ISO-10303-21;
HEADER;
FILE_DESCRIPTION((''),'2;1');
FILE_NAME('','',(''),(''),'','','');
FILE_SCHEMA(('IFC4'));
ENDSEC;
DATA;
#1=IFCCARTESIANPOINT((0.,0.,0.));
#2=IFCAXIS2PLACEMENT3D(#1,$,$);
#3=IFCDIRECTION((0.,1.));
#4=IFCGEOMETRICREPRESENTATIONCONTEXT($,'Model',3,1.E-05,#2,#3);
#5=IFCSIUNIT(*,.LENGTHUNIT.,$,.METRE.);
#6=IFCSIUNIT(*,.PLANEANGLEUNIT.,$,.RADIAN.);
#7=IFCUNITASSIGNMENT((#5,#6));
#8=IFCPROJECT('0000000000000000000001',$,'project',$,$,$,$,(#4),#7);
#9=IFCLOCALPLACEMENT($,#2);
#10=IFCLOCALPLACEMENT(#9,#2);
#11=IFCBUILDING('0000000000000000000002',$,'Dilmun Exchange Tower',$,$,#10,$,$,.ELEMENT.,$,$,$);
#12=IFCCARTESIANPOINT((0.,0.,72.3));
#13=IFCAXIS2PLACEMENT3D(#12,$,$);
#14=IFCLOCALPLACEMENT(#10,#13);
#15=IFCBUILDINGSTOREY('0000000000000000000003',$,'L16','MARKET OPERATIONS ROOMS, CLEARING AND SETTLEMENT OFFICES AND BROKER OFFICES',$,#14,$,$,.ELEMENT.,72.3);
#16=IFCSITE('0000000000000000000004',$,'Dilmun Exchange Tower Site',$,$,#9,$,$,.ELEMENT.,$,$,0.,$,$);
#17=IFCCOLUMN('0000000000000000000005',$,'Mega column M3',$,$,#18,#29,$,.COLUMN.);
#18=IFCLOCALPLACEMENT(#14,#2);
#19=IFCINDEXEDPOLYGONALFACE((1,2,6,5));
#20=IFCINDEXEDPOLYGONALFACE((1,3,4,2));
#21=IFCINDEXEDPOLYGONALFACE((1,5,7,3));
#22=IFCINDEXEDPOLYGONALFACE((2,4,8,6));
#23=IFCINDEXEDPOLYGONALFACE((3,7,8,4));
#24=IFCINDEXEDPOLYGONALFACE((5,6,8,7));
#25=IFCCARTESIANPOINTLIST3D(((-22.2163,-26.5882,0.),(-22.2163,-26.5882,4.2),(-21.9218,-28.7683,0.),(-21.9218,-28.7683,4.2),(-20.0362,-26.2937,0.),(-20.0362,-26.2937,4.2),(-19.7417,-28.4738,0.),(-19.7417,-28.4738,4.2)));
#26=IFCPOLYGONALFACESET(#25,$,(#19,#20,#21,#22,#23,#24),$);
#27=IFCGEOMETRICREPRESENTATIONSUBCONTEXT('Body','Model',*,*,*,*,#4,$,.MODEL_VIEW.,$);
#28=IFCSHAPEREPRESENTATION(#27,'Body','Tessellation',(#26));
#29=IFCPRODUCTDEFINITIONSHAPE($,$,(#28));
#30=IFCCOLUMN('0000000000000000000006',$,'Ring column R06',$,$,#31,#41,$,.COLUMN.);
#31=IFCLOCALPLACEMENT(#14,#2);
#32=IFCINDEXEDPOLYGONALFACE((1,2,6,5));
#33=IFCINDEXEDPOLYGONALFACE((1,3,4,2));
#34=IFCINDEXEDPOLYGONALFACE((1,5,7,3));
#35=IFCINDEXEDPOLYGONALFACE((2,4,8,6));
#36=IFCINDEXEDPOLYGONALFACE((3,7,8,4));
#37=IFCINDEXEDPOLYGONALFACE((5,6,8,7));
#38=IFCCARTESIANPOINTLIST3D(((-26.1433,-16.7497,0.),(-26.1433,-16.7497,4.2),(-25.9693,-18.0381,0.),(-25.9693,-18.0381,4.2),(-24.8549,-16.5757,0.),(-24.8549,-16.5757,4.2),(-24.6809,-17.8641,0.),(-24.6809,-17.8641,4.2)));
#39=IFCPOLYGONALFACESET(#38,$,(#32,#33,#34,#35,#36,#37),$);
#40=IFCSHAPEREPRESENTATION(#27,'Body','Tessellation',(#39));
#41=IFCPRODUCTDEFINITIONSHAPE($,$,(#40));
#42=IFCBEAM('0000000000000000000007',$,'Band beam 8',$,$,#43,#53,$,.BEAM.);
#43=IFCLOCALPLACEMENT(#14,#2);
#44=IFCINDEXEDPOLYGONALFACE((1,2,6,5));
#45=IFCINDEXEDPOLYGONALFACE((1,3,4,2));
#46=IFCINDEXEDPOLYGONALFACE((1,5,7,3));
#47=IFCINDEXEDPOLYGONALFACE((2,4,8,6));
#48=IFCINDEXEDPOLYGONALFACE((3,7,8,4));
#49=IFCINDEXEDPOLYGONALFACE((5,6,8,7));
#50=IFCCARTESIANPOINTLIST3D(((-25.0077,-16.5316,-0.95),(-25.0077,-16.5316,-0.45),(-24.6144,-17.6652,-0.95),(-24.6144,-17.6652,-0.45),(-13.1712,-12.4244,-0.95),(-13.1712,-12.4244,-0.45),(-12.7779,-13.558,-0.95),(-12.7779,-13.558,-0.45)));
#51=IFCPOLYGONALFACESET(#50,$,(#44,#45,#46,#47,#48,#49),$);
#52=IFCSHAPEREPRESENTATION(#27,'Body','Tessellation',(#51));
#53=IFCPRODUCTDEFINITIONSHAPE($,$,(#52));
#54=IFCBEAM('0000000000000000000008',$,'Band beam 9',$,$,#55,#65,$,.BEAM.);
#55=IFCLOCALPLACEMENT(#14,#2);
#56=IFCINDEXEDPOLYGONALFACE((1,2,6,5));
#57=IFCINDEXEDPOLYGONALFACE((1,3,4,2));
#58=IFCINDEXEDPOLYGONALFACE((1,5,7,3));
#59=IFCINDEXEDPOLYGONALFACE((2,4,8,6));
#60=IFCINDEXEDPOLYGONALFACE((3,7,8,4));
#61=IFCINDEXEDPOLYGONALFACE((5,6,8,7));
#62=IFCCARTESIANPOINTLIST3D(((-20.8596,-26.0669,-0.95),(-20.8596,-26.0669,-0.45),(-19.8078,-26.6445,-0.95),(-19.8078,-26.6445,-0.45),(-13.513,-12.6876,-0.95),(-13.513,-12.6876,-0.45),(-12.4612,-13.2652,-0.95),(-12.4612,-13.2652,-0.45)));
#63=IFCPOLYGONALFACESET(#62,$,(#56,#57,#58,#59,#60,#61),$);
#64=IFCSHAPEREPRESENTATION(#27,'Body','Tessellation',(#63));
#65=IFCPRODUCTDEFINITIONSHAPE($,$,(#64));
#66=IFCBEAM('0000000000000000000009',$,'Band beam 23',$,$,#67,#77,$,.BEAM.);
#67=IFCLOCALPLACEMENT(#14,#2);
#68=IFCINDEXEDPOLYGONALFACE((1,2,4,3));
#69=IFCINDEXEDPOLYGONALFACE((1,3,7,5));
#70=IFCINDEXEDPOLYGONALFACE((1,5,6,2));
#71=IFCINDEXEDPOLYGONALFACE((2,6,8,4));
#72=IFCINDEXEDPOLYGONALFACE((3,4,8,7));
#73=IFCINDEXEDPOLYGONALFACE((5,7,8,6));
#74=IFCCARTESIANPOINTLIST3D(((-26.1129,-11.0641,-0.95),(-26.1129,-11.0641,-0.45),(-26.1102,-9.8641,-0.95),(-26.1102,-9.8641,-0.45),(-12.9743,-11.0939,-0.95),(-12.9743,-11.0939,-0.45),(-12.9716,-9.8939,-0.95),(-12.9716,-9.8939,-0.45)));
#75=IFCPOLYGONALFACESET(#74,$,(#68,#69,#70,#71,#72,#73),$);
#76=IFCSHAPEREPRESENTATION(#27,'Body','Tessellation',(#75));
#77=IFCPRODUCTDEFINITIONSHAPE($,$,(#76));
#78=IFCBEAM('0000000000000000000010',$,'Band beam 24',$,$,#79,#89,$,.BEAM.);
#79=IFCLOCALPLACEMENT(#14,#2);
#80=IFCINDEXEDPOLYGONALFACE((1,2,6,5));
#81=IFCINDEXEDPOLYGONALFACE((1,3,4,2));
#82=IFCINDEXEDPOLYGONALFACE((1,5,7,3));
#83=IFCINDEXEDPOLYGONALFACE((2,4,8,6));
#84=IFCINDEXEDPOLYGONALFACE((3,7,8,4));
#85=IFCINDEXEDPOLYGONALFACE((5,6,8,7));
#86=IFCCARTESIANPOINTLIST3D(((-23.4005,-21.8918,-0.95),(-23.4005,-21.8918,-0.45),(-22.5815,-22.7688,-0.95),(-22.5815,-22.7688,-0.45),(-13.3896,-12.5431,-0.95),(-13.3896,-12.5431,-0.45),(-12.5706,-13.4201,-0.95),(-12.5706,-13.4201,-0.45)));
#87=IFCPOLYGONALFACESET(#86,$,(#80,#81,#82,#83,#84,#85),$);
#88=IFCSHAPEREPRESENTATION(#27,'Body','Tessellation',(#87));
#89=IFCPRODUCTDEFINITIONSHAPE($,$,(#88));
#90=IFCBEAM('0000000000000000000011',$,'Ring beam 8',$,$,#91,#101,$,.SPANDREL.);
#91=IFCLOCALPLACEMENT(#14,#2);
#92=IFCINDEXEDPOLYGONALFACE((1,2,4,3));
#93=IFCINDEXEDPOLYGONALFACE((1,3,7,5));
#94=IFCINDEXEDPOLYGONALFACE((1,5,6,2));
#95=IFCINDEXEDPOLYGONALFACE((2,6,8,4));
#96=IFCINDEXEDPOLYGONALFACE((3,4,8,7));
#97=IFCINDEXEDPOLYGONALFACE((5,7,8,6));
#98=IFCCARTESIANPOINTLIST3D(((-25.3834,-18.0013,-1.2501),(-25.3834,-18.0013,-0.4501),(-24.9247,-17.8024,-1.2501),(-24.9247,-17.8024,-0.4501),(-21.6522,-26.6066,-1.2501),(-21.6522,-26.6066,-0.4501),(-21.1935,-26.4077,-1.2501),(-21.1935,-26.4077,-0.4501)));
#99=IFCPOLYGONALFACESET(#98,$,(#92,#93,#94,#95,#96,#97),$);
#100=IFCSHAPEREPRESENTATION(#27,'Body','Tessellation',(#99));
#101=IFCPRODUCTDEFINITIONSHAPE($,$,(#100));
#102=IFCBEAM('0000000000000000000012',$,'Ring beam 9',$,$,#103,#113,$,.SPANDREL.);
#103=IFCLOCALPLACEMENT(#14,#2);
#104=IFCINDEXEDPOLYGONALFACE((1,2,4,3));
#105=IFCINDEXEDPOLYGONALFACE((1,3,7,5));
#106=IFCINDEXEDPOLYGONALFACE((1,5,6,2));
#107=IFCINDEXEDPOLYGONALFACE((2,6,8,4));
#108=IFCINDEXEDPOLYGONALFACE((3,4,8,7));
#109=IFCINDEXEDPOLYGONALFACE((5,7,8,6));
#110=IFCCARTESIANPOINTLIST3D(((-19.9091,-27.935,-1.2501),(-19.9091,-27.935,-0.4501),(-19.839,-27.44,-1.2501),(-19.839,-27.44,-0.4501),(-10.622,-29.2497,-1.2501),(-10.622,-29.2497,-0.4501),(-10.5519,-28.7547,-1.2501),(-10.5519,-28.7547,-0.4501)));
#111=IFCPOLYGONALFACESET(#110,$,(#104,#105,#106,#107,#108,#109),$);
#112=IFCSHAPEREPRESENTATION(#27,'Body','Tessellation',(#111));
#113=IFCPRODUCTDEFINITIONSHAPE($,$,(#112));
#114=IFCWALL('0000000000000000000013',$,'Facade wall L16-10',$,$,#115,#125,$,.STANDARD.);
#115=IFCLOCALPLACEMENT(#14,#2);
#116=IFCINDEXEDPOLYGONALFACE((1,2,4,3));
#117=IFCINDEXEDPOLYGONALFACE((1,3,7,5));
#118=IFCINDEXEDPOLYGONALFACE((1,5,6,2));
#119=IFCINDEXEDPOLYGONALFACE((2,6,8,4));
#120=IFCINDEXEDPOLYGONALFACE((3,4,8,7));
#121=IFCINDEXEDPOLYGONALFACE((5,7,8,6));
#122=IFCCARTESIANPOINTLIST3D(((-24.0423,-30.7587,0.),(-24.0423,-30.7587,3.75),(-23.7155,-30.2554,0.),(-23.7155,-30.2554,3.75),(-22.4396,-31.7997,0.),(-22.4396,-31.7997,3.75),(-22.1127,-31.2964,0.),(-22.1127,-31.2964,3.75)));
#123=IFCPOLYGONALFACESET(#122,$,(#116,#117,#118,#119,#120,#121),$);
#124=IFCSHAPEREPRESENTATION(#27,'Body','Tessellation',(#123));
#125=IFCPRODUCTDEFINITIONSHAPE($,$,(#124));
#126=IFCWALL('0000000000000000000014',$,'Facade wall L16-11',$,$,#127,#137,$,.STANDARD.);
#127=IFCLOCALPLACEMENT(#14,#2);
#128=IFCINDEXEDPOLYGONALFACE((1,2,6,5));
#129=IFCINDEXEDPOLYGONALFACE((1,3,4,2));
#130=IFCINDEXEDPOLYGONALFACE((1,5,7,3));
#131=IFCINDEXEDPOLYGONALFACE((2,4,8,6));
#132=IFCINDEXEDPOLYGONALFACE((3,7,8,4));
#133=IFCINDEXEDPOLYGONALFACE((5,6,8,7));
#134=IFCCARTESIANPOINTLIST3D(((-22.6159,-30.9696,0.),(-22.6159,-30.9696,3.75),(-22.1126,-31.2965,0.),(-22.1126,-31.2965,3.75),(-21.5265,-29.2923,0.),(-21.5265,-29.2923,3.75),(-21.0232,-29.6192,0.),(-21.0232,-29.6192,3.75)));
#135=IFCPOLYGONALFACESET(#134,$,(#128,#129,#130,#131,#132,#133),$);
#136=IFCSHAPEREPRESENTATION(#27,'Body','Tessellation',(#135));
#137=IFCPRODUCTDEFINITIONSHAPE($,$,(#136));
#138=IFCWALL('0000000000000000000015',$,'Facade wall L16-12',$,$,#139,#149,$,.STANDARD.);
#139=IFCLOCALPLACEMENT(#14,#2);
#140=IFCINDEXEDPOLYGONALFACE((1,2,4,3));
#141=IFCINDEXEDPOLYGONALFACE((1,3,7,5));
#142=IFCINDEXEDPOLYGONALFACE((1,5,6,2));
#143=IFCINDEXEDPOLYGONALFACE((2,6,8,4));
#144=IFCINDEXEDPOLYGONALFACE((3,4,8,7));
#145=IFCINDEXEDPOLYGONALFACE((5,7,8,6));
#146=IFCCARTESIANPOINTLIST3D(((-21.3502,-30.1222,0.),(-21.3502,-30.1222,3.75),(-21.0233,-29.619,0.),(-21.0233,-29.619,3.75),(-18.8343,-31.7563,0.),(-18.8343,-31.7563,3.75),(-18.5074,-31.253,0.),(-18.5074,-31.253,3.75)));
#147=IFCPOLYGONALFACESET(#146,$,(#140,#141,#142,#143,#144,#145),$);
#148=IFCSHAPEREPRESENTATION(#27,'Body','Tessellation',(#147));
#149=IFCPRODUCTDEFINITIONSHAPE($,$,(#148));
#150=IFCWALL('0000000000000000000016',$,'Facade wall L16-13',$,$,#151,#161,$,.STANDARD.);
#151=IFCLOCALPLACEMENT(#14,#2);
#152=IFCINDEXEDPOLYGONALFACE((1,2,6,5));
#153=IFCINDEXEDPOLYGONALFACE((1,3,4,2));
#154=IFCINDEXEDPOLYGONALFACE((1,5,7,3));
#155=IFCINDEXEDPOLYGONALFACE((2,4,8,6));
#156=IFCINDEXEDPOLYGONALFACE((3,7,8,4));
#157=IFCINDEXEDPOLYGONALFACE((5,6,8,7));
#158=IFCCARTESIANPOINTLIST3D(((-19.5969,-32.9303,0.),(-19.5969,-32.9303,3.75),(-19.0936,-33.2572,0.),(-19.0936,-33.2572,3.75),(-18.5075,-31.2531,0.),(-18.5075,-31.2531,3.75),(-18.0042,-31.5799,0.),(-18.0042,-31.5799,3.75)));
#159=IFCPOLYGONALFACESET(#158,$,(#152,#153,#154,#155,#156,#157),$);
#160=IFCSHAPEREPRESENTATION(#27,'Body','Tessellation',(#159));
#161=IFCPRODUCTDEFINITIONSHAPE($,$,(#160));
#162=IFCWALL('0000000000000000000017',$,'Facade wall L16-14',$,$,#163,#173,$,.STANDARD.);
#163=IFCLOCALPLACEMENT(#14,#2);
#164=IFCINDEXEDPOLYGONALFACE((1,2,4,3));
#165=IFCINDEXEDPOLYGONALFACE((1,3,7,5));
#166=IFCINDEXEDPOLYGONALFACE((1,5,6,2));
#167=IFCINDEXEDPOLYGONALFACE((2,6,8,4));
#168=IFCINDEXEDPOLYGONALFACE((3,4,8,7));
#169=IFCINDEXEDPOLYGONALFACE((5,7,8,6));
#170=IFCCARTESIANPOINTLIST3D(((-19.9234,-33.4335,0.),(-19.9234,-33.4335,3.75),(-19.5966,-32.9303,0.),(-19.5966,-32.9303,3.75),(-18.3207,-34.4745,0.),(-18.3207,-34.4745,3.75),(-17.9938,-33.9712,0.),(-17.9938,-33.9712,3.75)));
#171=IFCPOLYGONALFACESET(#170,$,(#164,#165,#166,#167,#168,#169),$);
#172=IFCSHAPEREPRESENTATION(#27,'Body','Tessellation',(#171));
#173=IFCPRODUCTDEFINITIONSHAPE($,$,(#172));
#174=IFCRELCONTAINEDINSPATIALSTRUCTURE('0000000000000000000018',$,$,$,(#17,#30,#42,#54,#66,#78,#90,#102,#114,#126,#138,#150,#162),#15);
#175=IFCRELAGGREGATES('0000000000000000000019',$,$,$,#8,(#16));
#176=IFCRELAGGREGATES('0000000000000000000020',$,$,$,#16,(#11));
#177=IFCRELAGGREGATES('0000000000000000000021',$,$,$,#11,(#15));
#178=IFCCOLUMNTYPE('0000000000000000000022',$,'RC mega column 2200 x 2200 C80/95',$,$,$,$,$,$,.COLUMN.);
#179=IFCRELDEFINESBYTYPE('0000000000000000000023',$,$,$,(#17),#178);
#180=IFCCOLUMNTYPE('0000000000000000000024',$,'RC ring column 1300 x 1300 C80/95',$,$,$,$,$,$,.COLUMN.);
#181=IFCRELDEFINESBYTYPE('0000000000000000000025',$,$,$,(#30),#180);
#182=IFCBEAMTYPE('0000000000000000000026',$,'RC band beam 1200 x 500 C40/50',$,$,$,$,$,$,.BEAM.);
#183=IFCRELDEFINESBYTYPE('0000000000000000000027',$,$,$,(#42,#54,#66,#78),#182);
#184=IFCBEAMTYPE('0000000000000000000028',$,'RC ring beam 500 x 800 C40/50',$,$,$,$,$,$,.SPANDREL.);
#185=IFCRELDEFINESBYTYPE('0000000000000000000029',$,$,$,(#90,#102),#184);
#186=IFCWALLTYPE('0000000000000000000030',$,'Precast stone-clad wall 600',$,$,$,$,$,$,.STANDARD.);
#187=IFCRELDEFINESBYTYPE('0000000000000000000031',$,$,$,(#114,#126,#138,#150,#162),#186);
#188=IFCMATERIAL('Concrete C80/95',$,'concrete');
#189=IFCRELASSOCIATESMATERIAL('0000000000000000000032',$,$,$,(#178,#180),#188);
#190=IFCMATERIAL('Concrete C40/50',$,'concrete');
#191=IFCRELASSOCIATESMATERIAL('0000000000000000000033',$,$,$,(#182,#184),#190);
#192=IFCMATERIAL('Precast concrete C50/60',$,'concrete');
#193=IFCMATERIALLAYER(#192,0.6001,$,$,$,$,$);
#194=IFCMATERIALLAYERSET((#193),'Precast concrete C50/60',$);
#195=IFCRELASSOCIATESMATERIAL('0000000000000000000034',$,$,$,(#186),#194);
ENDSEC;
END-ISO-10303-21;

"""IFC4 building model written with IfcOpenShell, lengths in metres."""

from ifc_helpers import new_model, si_unit, direction, frame, frame_2d, origin, origin_2d, place, context, subcontext, project, spatial, rectangle, extrude, material, layer, layer_set, material_profile, profile_set, type_object, element, save


model = new_model("IFC4")

# Units and contexts
model_context = context("Model", 3, precision=1e-05, world=origin(), true_north=direction((0.0, 1.0)))
body_context = subcontext(model_context, "Body", "Model", "MODEL_VIEW")
ifc_project = project(units=[si_unit("LENGTHUNIT", "METRE"), si_unit("PLANEANGLEUNIT", "RADIAN")], contexts=[model_context])

# Site, building, storey
site_placement = place(None, origin())
site = spatial("IfcSite", under=ifc_project, at=site_placement, Name="Dilmun Exchange Tower Site", CompositionType="ELEMENT", RefElevation=0.0)
building_placement = place(site_placement, origin())
building = spatial("IfcBuilding", under=site, at=building_placement, Name="Dilmun Exchange Tower", CompositionType="ELEMENT")
storey_placement = place(building_placement, frame((0.0, 0.0, 72.3)))
storey = spatial("IfcBuildingStorey", under=building, at=storey_placement, Name="L16", Description="MARKET OPERATIONS ROOMS, CLEARING AND SETTLEMENT OFFICES AND BROKER OFFICES", CompositionType="ELEMENT", Elevation=72.3)

# Columns
ifc_material_1 = material(Name="Concrete C80/95", Category="concrete")
ifc_material_profile_1 = material_profile(ifc_material_1, rectangle(XDim=2.2, YDim=2.2, at=origin_2d()), Name="2200 x 2200")
ifc_profile_set_1 = profile_set([ifc_material_profile_1], Name="Concrete C80/95")
column_type_1 = type_object("IfcColumnType", Name="RC mega column 2200 x 2200 C80/95", PredefinedType="COLUMN", material=ifc_profile_set_1)
column_1_placement = place(storey_placement, frame((-20.979, -27.531, 0.0), z_axis=(0.0, 0.0, 1.0), x_axis=(0.991001, 0.133853, 0.0)))
element("IfcColumn", 1, at=column_1_placement, inside=storey, type_object=column_type_1, Name="Mega column M3", PredefinedType="COLUMN", context=body_context, shape_type="SweptSolid", body=[
    extrude(rectangle(XDim=2.2, YDim=2.2, at=origin_2d()), origin(), (0.0, 0.0, 1.0), 4.2),
])
ifc_material_profile_2 = material_profile(ifc_material_1, rectangle(XDim=1.3, YDim=1.3, at=origin_2d()), Name="1300 x 1300")
ifc_profile_set_2 = profile_set([ifc_material_profile_2], Name="Concrete C80/95")
column_type_2 = type_object("IfcColumnType", Name="RC ring column 1300 x 1300 C80/95", PredefinedType="COLUMN", material=ifc_profile_set_2)
column_2_placement = place(storey_placement, frame((-25.4121, -17.3069, 0.0), z_axis=(0.0, 0.0, 1.0), x_axis=(0.991001, 0.133853, 0.0)))
element("IfcColumn", 2, at=column_2_placement, inside=storey, type_object=column_type_2, Name="Ring column R06", PredefinedType="COLUMN", context=body_context, shape_type="SweptSolid", body=[
    extrude(rectangle(XDim=1.3, YDim=1.3, at=origin_2d()), origin(), (0.0, 0.0, 1.0), 4.2),
])

# Beams
ifc_material_2 = material(Name="Concrete C40/50", Category="concrete")
ifc_material_profile_3 = material_profile(ifc_material_2, rectangle(XDim=1.2, YDim=0.5, at=origin_2d()), Name="1200 x 500")
ifc_profile_set_3 = profile_set([ifc_material_profile_3], Name="Concrete C40/50")
beam_type_1 = type_object("IfcBeamType", Name="RC band beam 1200 x 500 C40/50", PredefinedType="BEAM", material=ifc_profile_set_3)
beam_1_placement = place(storey_placement, frame((-24.811, -17.0984, -0.7), z_axis=(0.94474, 0.32782, 0.0), x_axis=(-0.32782, 0.94474, 0.0)))
element("IfcBeam", 3, at=beam_1_placement, inside=storey, type_object=beam_type_1, Name="Band beam 8", PredefinedType="BEAM", context=body_context, shape_type="SweptSolid", body=[
    extrude(rectangle(XDim=1.2, YDim=0.5, at=origin_2d()), origin(), (0.0, 0.0, 1.0), 12.5288),
])
beam_2_placement = place(storey_placement, frame((-20.3337, -26.3557, -0.7), z_axis=(0.481316, 0.876547, 0.0), x_axis=(-0.876547, 0.481316, 0.0)))
element("IfcBeam", 4, at=beam_2_placement, inside=storey, type_object=beam_type_1, Name="Band beam 9", PredefinedType="BEAM", context=body_context, shape_type="SweptSolid", body=[
    extrude(rectangle(XDim=1.2, YDim=0.5, at=origin_2d()), origin(), (0.0, 0.0, 1.0), 15.2637),
])
beam_3_placement = place(storey_placement, frame((-26.1116, -10.4641, -0.7), z_axis=(0.999997, -0.002267, 0.0), x_axis=(0.002267, 0.999997, 0.0)))
element("IfcBeam", 5, at=beam_3_placement, inside=storey, type_object=beam_type_1, Name="Band beam 23", PredefinedType="BEAM", context=body_context, shape_type="SweptSolid", body=[
    extrude(rectangle(XDim=1.2, YDim=0.5, at=origin_2d()), origin(), (0.0, 0.0, 1.0), 13.1387),
])
beam_4_placement = place(storey_placement, frame((-22.991, -22.3303, -0.7), z_axis=(0.730863, 0.682524, 0.0), x_axis=(-0.682524, 0.730863, 0.0)))
element("IfcBeam", 6, at=beam_4_placement, inside=storey, type_object=beam_type_1, Name="Band beam 24", PredefinedType="BEAM", context=body_context, shape_type="SweptSolid", body=[
    extrude(rectangle(XDim=1.2, YDim=0.5, at=origin_2d()), origin(), (0.0, 0.0, 1.0), 13.6973),
])
ifc_material_profile_4 = material_profile(ifc_material_2, rectangle(XDim=0.5, YDim=0.8, at=origin_2d()), Name="500 x 800")
ifc_profile_set_4 = profile_set([ifc_material_profile_4], Name="Concrete C40/50")
beam_type_2 = type_object("IfcBeamType", Name="RC ring beam 500 x 800 C40/50", PredefinedType="SPANDREL", material=ifc_profile_set_4)
beam_5_placement = place(storey_placement, frame((-25.1541, -17.9019, -0.8501), z_axis=(0.397811, -0.917467, 0.0), x_axis=(0.917467, 0.397811, 0.0)))
element("IfcBeam", 7, at=beam_5_placement, inside=storey, type_object=beam_type_2, Name="Ring beam 8", PredefinedType="SPANDREL", context=body_context, shape_type="SweptSolid", body=[
    extrude(rectangle(XDim=0.5, YDim=0.8, at=origin_2d()), origin(), (0.0, 0.0, 1.0), 9.3794),
])
beam_6_placement = place(storey_placement, frame((-19.874, -27.6875, -0.8501), z_axis=(0.990128, -0.140164, 0.0), x_axis=(0.140164, 0.990128, 0.0)))
element("IfcBeam", 8, at=beam_6_placement, inside=storey, type_object=beam_type_2, Name="Ring beam 9", PredefinedType="SPANDREL", context=body_context, shape_type="SweptSolid", body=[
    extrude(rectangle(XDim=0.5, YDim=0.8, at=origin_2d()), origin(), (0.0, 0.0, 1.0), 9.3796),
])

# Walls
ifc_material_3 = material(Name="Precast concrete C50/60", Category="concrete")
ifc_layer = layer(ifc_material_3, 0.6001)
ifc_layer_set = layer_set([ifc_layer], Name="Precast concrete C50/60")
wall_type = type_object("IfcWallType", Name="Precast stone-clad wall 600", PredefinedType="STANDARD", material=ifc_layer_set)
wall_1_placement = place(storey_placement, frame((-23.8789, -30.5071, 0.0), z_axis=(0.0, 0.0, 1.0), x_axis=(0.838633, -0.544696, 0.0)))
element("IfcWall", 9, at=wall_1_placement, inside=storey, type_object=wall_type, Name="Facade wall L16-10", PredefinedType="STANDARD", context=body_context, shape_type="SweptSolid", body=[
    extrude(rectangle(XDim=1.9111, YDim=0.6001, at=frame_2d((0.9556, 0.0))), origin(), (0.0, 0.0, 1.0), 3.75),
])
wall_2_placement = place(storey_placement, frame((-22.3643, -31.1331, 0.0), z_axis=(0.0, 0.0, 1.0), x_axis=(0.544688, 0.838639, 0.0)))
element("IfcWall", 10, at=wall_2_placement, inside=storey, type_object=wall_type, Name="Facade wall L16-11", PredefinedType="STANDARD", context=body_context, shape_type="SweptSolid", body=[
    extrude(rectangle(XDim=2.0, YDim=0.6001, at=frame_2d((1.0, 0.0))), origin(), (0.0, 0.0, 1.0), 3.75),
])
wall_3_placement = place(storey_placement, frame((-21.1868, -29.8706, 0.0), z_axis=(0.0, 0.0, 1.0), x_axis=(0.838639, -0.544688, 0.0)))
element("IfcWall", 11, at=wall_3_placement, inside=storey, type_object=wall_type, Name="Facade wall L16-12", PredefinedType="STANDARD", context=body_context, shape_type="SweptSolid", body=[
    extrude(rectangle(XDim=3.0, YDim=0.6001, at=frame_2d((1.5, 0.0))), origin(), (0.0, 0.0, 1.0), 3.75),
])
wall_4_placement = place(storey_placement, frame((-18.2559, -31.4165, 0.0), z_axis=(0.0, 0.0, 1.0), x_axis=(-0.544688, -0.838639, 0.0)))
element("IfcWall", 12, at=wall_4_placement, inside=storey, type_object=wall_type, Name="Facade wall L16-13", PredefinedType="STANDARD", context=body_context, shape_type="SweptSolid", body=[
    extrude(rectangle(XDim=2.0, YDim=0.6001, at=frame_2d((1.0, 0.0))), origin(), (0.0, 0.0, 1.0), 3.75),
])
wall_5_placement = place(storey_placement, frame((-19.76, -33.1819, 0.0), z_axis=(0.0, 0.0, 1.0), x_axis=(0.838633, -0.544696, 0.0)))
element("IfcWall", 13, at=wall_5_placement, inside=storey, type_object=wall_type, Name="Facade wall L16-14", PredefinedType="STANDARD", context=body_context, shape_type="SweptSolid", body=[
    extrude(rectangle(XDim=1.9111, YDim=0.6001, at=frame_2d((0.9556, 0.0))), origin(), (0.0, 0.0, 1.0), 3.75),
])

save(model, "model.ifc")
